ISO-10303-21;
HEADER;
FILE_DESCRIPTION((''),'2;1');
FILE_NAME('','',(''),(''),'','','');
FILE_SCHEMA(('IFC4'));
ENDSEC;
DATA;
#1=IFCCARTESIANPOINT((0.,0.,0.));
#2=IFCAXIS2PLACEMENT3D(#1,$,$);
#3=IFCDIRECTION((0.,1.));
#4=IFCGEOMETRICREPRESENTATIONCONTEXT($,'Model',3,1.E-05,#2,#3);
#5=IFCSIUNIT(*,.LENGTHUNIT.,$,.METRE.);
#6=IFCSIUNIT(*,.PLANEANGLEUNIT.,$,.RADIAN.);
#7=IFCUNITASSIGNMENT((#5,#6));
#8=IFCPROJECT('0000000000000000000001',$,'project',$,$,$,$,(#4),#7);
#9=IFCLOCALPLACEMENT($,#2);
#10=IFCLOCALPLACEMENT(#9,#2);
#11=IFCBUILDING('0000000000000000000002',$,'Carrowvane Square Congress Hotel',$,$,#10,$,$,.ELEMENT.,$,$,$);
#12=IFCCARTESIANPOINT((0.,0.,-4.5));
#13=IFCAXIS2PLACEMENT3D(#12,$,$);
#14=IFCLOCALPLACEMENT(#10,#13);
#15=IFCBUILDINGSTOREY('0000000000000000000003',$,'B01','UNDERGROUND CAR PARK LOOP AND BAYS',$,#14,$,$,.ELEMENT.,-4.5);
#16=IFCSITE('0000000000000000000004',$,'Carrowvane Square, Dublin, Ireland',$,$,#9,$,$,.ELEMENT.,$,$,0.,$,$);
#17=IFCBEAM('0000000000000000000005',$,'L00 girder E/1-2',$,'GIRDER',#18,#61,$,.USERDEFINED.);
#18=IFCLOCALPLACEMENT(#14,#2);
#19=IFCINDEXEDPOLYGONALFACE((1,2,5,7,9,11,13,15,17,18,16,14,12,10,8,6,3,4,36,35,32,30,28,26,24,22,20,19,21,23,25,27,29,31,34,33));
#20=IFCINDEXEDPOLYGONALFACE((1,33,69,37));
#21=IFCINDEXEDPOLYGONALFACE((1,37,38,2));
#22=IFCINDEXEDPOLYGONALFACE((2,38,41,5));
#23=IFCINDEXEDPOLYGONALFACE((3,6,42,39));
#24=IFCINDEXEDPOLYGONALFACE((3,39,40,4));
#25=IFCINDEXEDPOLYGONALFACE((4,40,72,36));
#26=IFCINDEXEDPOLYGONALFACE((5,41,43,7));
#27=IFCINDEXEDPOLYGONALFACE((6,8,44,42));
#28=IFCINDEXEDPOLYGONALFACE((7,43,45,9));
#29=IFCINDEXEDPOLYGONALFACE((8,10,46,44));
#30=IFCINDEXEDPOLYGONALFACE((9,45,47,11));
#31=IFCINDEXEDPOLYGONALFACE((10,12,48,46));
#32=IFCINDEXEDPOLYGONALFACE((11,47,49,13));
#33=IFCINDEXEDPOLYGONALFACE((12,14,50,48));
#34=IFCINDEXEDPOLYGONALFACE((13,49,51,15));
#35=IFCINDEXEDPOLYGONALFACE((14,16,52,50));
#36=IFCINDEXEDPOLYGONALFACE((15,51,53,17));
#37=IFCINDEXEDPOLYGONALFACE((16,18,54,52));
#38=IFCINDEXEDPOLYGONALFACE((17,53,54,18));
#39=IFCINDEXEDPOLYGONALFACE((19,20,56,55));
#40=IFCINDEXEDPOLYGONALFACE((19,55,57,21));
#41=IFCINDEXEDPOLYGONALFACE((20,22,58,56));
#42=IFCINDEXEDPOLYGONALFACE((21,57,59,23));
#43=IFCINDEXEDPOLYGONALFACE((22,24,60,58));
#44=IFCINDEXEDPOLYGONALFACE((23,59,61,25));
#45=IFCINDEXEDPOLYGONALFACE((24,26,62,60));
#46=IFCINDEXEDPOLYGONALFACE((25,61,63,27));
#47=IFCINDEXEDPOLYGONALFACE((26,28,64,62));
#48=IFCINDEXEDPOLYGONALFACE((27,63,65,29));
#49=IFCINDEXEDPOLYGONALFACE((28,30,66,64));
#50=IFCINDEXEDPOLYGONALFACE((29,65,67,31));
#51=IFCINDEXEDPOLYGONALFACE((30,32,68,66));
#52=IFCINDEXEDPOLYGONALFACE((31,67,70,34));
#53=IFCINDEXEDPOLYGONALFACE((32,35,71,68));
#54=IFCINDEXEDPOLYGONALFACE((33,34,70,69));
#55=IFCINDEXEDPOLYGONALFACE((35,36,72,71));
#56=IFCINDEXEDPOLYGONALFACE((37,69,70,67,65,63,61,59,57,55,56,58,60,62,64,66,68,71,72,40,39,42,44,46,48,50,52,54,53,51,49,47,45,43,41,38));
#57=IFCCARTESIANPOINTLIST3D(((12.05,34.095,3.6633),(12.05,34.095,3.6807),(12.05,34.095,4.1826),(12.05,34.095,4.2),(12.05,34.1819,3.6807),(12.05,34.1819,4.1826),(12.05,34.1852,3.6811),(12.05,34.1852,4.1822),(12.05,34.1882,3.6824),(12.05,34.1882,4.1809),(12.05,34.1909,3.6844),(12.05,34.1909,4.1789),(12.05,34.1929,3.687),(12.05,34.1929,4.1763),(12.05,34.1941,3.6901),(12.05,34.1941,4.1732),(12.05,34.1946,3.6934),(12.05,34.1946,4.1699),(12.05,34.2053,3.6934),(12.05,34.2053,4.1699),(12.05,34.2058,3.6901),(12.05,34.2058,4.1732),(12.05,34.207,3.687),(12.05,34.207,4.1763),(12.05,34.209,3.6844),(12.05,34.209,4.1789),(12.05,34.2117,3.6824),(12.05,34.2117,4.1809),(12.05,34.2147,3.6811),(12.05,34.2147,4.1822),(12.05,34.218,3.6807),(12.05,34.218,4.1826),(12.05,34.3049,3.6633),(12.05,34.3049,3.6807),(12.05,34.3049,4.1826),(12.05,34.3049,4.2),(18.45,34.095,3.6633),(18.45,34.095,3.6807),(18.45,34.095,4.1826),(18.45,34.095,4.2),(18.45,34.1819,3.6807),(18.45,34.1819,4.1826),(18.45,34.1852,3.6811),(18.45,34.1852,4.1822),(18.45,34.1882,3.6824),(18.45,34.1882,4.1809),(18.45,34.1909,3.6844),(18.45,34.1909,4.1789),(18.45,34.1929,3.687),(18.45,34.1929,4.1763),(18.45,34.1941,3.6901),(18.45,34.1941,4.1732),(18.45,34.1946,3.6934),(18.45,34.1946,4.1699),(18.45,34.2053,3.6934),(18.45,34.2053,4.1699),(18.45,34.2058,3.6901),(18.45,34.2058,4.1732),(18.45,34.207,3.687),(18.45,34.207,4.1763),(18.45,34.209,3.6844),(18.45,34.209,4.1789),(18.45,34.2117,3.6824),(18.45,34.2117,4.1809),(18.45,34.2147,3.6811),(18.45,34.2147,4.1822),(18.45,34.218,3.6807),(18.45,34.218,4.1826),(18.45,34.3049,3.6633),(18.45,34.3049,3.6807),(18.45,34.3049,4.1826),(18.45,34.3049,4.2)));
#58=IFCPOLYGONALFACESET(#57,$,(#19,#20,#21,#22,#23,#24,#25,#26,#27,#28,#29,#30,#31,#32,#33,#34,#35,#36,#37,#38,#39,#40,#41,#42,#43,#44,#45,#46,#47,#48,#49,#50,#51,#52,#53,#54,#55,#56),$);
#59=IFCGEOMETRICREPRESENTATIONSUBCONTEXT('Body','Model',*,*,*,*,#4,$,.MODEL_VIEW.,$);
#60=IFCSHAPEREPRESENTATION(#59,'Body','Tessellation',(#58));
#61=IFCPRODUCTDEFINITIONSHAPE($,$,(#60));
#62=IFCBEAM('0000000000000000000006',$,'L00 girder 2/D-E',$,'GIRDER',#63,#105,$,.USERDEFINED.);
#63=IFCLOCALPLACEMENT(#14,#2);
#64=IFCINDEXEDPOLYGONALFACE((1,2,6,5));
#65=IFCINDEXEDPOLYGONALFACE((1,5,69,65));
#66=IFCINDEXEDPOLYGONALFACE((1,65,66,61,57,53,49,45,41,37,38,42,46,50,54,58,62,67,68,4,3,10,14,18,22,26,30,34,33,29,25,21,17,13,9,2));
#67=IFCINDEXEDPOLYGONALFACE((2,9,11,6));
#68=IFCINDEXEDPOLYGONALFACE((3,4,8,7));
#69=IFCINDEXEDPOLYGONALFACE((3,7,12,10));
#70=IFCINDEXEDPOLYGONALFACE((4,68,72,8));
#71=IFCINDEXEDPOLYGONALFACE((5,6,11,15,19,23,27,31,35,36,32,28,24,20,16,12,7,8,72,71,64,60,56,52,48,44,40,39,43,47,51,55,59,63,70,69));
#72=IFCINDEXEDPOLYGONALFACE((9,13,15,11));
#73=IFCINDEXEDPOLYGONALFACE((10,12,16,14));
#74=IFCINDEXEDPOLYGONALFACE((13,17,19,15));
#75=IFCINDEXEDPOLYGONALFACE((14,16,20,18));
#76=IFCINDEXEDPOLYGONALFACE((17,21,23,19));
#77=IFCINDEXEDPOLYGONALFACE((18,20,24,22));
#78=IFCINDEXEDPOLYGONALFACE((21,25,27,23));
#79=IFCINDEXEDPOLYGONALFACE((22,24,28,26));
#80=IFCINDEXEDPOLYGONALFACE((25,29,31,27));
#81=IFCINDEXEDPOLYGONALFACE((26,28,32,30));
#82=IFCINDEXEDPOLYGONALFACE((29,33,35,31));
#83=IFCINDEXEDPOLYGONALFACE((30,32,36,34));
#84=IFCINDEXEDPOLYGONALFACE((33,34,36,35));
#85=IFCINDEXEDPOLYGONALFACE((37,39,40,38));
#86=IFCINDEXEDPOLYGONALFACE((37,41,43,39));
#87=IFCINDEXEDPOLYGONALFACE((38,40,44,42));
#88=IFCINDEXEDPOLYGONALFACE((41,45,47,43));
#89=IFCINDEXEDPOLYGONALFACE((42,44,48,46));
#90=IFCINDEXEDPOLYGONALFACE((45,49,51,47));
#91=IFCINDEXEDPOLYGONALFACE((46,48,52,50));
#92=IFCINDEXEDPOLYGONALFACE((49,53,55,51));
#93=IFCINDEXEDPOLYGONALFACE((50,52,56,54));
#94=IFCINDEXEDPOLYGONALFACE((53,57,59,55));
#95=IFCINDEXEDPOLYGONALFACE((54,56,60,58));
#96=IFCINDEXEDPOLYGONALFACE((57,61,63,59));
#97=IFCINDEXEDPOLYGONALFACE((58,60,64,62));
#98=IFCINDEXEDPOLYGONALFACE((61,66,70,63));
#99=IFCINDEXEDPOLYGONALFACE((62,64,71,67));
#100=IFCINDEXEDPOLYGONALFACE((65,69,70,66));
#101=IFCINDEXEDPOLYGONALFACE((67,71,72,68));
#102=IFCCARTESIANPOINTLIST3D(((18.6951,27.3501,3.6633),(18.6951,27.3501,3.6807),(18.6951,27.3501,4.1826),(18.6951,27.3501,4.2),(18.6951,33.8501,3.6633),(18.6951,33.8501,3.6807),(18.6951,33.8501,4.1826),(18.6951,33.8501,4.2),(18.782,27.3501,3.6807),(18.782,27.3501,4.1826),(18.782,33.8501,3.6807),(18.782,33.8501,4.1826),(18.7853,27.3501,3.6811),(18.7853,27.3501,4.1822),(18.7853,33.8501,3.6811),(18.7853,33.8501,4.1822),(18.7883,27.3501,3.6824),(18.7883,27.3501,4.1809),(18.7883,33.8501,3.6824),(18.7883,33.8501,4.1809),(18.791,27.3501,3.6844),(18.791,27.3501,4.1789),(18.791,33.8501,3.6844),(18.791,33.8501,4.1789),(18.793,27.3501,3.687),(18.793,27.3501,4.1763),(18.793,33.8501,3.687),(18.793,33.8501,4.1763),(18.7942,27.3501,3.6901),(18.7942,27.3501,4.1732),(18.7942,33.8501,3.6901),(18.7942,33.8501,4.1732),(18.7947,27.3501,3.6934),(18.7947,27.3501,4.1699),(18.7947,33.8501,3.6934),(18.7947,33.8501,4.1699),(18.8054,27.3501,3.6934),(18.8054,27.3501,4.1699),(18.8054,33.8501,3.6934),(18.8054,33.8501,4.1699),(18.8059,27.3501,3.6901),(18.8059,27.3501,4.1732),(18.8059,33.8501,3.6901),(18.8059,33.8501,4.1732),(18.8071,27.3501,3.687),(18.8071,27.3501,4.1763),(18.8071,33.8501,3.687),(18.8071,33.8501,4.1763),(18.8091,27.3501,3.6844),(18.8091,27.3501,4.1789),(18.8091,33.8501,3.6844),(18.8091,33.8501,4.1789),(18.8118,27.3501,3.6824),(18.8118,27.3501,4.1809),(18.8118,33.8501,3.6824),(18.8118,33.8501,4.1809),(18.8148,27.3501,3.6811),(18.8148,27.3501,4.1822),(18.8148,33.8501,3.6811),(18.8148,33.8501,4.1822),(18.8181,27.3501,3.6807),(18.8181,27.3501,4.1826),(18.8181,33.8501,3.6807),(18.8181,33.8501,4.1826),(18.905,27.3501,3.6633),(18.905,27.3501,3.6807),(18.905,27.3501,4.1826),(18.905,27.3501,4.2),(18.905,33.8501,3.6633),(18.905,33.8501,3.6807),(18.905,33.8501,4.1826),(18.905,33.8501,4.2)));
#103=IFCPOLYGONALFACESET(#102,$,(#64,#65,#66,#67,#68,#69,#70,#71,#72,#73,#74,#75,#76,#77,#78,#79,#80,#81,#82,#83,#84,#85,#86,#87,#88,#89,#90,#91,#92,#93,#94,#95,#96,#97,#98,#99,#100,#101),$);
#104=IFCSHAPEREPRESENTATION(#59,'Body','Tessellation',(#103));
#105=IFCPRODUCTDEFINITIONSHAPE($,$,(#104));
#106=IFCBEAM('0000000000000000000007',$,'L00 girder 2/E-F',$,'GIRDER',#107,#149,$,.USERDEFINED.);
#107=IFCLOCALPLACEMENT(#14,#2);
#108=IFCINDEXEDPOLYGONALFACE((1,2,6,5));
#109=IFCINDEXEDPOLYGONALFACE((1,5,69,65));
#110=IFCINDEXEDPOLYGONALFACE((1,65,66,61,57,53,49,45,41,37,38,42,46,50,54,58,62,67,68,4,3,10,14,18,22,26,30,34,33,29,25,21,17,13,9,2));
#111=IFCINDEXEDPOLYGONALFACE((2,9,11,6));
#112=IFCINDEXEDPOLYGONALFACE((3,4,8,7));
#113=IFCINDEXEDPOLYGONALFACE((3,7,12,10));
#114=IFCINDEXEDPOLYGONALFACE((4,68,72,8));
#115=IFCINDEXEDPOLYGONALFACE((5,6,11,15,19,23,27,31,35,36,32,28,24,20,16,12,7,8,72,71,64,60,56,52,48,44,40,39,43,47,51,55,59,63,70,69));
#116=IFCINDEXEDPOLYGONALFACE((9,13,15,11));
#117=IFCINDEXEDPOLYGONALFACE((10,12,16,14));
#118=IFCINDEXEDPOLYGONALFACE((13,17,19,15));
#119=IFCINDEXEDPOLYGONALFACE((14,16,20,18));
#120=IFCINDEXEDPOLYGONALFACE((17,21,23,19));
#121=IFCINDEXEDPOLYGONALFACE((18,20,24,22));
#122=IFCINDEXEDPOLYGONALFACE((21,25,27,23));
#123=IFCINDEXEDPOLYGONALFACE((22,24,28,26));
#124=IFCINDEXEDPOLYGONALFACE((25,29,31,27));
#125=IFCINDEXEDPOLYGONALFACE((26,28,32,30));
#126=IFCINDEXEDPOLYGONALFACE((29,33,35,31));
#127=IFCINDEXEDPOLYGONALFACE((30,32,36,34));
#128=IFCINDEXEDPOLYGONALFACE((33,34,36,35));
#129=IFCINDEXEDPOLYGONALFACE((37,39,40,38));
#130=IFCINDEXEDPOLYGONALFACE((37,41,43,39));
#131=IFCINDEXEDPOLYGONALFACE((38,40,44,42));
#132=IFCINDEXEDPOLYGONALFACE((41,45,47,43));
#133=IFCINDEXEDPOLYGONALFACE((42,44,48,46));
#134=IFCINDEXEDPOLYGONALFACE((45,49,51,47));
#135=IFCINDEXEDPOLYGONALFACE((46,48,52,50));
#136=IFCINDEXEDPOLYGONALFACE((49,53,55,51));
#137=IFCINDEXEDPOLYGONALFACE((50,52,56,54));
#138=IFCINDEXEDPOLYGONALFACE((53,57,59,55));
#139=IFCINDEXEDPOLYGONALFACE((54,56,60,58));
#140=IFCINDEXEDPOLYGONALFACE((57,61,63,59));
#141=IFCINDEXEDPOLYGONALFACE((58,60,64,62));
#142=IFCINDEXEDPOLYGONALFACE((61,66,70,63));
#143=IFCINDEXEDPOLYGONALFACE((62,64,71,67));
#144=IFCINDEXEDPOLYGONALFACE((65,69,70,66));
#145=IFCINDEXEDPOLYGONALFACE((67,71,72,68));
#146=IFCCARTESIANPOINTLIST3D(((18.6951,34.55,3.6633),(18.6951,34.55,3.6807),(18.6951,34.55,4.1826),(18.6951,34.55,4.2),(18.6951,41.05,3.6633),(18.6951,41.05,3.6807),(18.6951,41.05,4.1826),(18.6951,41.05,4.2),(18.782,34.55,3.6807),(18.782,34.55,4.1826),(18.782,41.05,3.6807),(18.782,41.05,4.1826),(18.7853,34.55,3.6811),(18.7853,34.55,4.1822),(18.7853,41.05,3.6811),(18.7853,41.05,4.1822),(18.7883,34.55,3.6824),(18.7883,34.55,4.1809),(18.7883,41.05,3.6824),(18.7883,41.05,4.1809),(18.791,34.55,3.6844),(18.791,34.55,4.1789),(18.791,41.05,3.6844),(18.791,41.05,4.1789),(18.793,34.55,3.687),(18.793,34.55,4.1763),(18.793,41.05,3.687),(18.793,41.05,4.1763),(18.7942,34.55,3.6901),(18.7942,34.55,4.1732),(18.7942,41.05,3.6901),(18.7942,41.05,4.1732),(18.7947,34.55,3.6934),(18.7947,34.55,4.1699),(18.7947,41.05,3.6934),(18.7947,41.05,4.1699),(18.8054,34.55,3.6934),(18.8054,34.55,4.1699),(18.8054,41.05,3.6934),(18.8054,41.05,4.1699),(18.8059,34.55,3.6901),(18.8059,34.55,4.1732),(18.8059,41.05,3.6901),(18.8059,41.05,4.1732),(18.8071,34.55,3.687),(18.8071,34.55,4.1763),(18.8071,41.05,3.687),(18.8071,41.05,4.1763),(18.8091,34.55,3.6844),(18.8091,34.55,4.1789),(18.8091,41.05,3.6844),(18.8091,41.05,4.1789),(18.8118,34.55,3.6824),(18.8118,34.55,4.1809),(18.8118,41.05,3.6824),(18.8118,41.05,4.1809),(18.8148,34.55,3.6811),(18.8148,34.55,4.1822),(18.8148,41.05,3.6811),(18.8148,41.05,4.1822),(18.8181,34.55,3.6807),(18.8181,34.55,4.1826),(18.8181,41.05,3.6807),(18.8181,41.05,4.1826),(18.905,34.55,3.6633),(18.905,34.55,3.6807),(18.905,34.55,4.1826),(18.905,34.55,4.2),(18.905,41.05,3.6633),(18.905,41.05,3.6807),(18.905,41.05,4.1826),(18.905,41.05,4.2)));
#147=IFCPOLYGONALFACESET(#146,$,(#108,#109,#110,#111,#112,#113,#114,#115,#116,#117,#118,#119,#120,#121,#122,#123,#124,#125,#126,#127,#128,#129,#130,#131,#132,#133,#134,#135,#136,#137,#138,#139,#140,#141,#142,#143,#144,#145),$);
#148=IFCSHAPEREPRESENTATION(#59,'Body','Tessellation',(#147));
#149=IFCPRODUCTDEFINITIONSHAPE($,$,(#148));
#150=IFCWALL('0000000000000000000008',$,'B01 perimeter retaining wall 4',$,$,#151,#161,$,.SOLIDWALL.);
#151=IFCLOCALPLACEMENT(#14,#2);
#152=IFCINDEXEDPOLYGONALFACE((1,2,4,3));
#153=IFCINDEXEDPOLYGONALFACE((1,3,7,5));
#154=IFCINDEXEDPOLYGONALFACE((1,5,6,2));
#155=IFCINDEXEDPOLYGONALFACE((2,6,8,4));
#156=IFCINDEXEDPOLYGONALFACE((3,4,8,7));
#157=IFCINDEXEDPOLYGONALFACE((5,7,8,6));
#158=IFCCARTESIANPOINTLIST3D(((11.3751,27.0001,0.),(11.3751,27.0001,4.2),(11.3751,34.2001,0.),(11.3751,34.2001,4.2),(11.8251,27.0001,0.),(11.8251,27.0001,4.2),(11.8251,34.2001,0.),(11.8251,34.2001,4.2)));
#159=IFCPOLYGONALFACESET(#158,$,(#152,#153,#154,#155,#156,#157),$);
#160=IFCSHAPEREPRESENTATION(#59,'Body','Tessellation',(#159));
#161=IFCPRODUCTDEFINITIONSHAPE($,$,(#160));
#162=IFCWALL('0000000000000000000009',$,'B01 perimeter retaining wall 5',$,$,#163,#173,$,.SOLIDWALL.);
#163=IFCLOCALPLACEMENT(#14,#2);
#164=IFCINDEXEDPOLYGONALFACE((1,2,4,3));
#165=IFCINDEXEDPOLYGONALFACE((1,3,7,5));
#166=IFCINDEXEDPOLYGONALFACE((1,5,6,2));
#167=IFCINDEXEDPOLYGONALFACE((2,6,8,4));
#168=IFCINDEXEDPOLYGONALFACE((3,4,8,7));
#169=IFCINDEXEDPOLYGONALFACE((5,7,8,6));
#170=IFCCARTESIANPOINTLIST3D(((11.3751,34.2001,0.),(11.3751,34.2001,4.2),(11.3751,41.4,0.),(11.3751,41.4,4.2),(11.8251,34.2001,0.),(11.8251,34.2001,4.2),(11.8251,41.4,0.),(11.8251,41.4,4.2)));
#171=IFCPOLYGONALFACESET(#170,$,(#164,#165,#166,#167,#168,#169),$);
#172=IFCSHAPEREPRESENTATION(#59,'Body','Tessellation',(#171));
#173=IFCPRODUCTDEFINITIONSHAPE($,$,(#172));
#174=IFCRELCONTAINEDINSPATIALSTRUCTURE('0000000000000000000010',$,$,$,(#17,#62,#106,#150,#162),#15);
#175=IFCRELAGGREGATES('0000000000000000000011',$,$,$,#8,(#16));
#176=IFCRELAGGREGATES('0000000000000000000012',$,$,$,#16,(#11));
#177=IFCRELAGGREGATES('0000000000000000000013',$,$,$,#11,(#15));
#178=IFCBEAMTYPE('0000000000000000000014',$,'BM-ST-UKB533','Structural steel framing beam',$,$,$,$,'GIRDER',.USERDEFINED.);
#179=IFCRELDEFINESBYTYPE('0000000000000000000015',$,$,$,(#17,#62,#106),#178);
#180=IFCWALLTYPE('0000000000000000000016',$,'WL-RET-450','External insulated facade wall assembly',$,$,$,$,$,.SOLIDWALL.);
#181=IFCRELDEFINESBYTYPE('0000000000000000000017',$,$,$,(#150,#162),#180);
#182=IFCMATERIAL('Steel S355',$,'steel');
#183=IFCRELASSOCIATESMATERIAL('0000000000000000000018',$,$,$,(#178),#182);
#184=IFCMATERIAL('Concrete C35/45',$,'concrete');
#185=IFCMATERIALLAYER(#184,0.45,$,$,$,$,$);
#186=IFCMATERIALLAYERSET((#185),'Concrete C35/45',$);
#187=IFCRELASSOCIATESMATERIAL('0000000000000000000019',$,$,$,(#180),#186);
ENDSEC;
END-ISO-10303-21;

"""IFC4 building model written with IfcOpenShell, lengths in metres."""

from ifc_helpers import new_model, si_unit, direction, frame, frame_2d, origin, origin_2d, place, context, subcontext, project, spatial, rectangle, i_section, extrude, material, layer, layer_set, material_profile, profile_set, type_object, element, save


model = new_model("IFC4")

# Units and contexts
model_context = context("Model", 3, precision=1e-05, world=origin(), true_north=direction((0.0, 1.0)))
body_context = subcontext(model_context, "Body", "Model", "MODEL_VIEW")
ifc_project = project(units=[si_unit("LENGTHUNIT", "METRE"), si_unit("PLANEANGLEUNIT", "RADIAN")], contexts=[model_context])

# Site, building, storey
site_placement = place(None, origin())
site = spatial("IfcSite", under=ifc_project, at=site_placement, Name="Carrowvane Square, Dublin, Ireland", CompositionType="ELEMENT", RefElevation=0.0)
building_placement = place(site_placement, origin())
building = spatial("IfcBuilding", under=site, at=building_placement, Name="Carrowvane Square Congress Hotel", CompositionType="ELEMENT")
storey_placement = place(building_placement, frame((0.0, 0.0, -4.5)))
storey = spatial("IfcBuildingStorey", under=building, at=storey_placement, Name="B01", Description="UNDERGROUND CAR PARK LOOP AND BAYS", CompositionType="ELEMENT", Elevation=-4.5)

# Beams
ifc_material_1 = material(Name="Steel S355", Category="steel")
ifc_material_profile_1 = material_profile(ifc_material_1, i_section(OverallWidth=0.21, OverallDepth=0.5366, WebThickness=0.0107, FlangeThickness=0.0173, FilletRadius=0.0127, at=origin_2d()), Name="UKB 533x210x101")
ifc_profile_set_1 = profile_set([ifc_material_profile_1], Name="Steel S355")
beam_type_1 = type_object("IfcBeamType", Name="BM-ST-UKB533", Description="Structural steel framing beam", ElementType="GIRDER", PredefinedType="USERDEFINED", material=ifc_profile_set_1)
for number, where, z_axis, x_axis, name in (
    (1, (12.05, 34.2, 3.9316), (1.0, 0.0, 0.0), (0.0, 1.0, 0.0), "L00 girder E/1-2"),
):
    element("IfcBeam", number, at=place(storey_placement, frame(where, z_axis=z_axis, x_axis=x_axis)), inside=storey, type_object=beam_type_1, Name=name, ObjectType="GIRDER", PredefinedType="USERDEFINED", context=body_context, shape_type="SweptSolid", body=[
        extrude(i_section(OverallWidth=0.21, OverallDepth=0.5366, WebThickness=0.0107, FlangeThickness=0.0173, FilletRadius=0.0127, at=origin_2d()), origin(), (0.0, 0.0, 1.0), 6.3999),
    ])
for number, where, z_axis, x_axis, name in (
    (2, (18.8, 27.3501, 3.9316), (0.0, 1.0, 0.0), (-1.0, 0.0, 0.0), "L00 girder 2/D-E"),
    (3, (18.8, 34.55, 3.9316), (0.0, 1.0, 0.0), (-1.0, 0.0, 0.0), "L00 girder 2/E-F"),
):
    element("IfcBeam", number, at=place(storey_placement, frame(where, z_axis=z_axis, x_axis=x_axis)), inside=storey, type_object=beam_type_1, Name=name, ObjectType="GIRDER", PredefinedType="USERDEFINED", context=body_context, shape_type="SweptSolid", body=[
        extrude(i_section(OverallWidth=0.21, OverallDepth=0.5366, WebThickness=0.0107, FlangeThickness=0.0173, FilletRadius=0.0127, at=origin_2d()), origin(), (0.0, 0.0, 1.0), 6.5),
    ])

# Walls
ifc_material_2 = material(Name="Concrete C35/45", Category="concrete")
ifc_layer = layer(ifc_material_2, 0.45)
ifc_layer_set = layer_set([ifc_layer], Name="Concrete C35/45")
wall_type = type_object("IfcWallType", Name="WL-RET-450", Description="External insulated facade wall assembly", PredefinedType="SOLIDWALL", material=ifc_layer_set)
for number, where, z_axis, x_axis, name in (
    (4, (11.6001, 27.0, 0.0), (0.0, 0.0, 1.0), (0.0, 1.0, 0.0), "B01 perimeter retaining wall 4"),
    (5, (11.6001, 34.2, 0.0), (0.0, 0.0, 1.0), (0.0, 1.0, 0.0), "B01 perimeter retaining wall 5"),
):
    element("IfcWall", number, at=place(storey_placement, frame(where, z_axis=z_axis, x_axis=x_axis)), inside=storey, type_object=wall_type, Name=name, PredefinedType="SOLIDWALL", context=body_context, shape_type="SweptSolid", body=[
        extrude(rectangle(XDim=7.2, YDim=0.45, at=frame_2d((3.6001, 0.0))), origin(), (0.0, 0.0, 1.0), 4.2),
    ])

save(model, "model.ifc")
